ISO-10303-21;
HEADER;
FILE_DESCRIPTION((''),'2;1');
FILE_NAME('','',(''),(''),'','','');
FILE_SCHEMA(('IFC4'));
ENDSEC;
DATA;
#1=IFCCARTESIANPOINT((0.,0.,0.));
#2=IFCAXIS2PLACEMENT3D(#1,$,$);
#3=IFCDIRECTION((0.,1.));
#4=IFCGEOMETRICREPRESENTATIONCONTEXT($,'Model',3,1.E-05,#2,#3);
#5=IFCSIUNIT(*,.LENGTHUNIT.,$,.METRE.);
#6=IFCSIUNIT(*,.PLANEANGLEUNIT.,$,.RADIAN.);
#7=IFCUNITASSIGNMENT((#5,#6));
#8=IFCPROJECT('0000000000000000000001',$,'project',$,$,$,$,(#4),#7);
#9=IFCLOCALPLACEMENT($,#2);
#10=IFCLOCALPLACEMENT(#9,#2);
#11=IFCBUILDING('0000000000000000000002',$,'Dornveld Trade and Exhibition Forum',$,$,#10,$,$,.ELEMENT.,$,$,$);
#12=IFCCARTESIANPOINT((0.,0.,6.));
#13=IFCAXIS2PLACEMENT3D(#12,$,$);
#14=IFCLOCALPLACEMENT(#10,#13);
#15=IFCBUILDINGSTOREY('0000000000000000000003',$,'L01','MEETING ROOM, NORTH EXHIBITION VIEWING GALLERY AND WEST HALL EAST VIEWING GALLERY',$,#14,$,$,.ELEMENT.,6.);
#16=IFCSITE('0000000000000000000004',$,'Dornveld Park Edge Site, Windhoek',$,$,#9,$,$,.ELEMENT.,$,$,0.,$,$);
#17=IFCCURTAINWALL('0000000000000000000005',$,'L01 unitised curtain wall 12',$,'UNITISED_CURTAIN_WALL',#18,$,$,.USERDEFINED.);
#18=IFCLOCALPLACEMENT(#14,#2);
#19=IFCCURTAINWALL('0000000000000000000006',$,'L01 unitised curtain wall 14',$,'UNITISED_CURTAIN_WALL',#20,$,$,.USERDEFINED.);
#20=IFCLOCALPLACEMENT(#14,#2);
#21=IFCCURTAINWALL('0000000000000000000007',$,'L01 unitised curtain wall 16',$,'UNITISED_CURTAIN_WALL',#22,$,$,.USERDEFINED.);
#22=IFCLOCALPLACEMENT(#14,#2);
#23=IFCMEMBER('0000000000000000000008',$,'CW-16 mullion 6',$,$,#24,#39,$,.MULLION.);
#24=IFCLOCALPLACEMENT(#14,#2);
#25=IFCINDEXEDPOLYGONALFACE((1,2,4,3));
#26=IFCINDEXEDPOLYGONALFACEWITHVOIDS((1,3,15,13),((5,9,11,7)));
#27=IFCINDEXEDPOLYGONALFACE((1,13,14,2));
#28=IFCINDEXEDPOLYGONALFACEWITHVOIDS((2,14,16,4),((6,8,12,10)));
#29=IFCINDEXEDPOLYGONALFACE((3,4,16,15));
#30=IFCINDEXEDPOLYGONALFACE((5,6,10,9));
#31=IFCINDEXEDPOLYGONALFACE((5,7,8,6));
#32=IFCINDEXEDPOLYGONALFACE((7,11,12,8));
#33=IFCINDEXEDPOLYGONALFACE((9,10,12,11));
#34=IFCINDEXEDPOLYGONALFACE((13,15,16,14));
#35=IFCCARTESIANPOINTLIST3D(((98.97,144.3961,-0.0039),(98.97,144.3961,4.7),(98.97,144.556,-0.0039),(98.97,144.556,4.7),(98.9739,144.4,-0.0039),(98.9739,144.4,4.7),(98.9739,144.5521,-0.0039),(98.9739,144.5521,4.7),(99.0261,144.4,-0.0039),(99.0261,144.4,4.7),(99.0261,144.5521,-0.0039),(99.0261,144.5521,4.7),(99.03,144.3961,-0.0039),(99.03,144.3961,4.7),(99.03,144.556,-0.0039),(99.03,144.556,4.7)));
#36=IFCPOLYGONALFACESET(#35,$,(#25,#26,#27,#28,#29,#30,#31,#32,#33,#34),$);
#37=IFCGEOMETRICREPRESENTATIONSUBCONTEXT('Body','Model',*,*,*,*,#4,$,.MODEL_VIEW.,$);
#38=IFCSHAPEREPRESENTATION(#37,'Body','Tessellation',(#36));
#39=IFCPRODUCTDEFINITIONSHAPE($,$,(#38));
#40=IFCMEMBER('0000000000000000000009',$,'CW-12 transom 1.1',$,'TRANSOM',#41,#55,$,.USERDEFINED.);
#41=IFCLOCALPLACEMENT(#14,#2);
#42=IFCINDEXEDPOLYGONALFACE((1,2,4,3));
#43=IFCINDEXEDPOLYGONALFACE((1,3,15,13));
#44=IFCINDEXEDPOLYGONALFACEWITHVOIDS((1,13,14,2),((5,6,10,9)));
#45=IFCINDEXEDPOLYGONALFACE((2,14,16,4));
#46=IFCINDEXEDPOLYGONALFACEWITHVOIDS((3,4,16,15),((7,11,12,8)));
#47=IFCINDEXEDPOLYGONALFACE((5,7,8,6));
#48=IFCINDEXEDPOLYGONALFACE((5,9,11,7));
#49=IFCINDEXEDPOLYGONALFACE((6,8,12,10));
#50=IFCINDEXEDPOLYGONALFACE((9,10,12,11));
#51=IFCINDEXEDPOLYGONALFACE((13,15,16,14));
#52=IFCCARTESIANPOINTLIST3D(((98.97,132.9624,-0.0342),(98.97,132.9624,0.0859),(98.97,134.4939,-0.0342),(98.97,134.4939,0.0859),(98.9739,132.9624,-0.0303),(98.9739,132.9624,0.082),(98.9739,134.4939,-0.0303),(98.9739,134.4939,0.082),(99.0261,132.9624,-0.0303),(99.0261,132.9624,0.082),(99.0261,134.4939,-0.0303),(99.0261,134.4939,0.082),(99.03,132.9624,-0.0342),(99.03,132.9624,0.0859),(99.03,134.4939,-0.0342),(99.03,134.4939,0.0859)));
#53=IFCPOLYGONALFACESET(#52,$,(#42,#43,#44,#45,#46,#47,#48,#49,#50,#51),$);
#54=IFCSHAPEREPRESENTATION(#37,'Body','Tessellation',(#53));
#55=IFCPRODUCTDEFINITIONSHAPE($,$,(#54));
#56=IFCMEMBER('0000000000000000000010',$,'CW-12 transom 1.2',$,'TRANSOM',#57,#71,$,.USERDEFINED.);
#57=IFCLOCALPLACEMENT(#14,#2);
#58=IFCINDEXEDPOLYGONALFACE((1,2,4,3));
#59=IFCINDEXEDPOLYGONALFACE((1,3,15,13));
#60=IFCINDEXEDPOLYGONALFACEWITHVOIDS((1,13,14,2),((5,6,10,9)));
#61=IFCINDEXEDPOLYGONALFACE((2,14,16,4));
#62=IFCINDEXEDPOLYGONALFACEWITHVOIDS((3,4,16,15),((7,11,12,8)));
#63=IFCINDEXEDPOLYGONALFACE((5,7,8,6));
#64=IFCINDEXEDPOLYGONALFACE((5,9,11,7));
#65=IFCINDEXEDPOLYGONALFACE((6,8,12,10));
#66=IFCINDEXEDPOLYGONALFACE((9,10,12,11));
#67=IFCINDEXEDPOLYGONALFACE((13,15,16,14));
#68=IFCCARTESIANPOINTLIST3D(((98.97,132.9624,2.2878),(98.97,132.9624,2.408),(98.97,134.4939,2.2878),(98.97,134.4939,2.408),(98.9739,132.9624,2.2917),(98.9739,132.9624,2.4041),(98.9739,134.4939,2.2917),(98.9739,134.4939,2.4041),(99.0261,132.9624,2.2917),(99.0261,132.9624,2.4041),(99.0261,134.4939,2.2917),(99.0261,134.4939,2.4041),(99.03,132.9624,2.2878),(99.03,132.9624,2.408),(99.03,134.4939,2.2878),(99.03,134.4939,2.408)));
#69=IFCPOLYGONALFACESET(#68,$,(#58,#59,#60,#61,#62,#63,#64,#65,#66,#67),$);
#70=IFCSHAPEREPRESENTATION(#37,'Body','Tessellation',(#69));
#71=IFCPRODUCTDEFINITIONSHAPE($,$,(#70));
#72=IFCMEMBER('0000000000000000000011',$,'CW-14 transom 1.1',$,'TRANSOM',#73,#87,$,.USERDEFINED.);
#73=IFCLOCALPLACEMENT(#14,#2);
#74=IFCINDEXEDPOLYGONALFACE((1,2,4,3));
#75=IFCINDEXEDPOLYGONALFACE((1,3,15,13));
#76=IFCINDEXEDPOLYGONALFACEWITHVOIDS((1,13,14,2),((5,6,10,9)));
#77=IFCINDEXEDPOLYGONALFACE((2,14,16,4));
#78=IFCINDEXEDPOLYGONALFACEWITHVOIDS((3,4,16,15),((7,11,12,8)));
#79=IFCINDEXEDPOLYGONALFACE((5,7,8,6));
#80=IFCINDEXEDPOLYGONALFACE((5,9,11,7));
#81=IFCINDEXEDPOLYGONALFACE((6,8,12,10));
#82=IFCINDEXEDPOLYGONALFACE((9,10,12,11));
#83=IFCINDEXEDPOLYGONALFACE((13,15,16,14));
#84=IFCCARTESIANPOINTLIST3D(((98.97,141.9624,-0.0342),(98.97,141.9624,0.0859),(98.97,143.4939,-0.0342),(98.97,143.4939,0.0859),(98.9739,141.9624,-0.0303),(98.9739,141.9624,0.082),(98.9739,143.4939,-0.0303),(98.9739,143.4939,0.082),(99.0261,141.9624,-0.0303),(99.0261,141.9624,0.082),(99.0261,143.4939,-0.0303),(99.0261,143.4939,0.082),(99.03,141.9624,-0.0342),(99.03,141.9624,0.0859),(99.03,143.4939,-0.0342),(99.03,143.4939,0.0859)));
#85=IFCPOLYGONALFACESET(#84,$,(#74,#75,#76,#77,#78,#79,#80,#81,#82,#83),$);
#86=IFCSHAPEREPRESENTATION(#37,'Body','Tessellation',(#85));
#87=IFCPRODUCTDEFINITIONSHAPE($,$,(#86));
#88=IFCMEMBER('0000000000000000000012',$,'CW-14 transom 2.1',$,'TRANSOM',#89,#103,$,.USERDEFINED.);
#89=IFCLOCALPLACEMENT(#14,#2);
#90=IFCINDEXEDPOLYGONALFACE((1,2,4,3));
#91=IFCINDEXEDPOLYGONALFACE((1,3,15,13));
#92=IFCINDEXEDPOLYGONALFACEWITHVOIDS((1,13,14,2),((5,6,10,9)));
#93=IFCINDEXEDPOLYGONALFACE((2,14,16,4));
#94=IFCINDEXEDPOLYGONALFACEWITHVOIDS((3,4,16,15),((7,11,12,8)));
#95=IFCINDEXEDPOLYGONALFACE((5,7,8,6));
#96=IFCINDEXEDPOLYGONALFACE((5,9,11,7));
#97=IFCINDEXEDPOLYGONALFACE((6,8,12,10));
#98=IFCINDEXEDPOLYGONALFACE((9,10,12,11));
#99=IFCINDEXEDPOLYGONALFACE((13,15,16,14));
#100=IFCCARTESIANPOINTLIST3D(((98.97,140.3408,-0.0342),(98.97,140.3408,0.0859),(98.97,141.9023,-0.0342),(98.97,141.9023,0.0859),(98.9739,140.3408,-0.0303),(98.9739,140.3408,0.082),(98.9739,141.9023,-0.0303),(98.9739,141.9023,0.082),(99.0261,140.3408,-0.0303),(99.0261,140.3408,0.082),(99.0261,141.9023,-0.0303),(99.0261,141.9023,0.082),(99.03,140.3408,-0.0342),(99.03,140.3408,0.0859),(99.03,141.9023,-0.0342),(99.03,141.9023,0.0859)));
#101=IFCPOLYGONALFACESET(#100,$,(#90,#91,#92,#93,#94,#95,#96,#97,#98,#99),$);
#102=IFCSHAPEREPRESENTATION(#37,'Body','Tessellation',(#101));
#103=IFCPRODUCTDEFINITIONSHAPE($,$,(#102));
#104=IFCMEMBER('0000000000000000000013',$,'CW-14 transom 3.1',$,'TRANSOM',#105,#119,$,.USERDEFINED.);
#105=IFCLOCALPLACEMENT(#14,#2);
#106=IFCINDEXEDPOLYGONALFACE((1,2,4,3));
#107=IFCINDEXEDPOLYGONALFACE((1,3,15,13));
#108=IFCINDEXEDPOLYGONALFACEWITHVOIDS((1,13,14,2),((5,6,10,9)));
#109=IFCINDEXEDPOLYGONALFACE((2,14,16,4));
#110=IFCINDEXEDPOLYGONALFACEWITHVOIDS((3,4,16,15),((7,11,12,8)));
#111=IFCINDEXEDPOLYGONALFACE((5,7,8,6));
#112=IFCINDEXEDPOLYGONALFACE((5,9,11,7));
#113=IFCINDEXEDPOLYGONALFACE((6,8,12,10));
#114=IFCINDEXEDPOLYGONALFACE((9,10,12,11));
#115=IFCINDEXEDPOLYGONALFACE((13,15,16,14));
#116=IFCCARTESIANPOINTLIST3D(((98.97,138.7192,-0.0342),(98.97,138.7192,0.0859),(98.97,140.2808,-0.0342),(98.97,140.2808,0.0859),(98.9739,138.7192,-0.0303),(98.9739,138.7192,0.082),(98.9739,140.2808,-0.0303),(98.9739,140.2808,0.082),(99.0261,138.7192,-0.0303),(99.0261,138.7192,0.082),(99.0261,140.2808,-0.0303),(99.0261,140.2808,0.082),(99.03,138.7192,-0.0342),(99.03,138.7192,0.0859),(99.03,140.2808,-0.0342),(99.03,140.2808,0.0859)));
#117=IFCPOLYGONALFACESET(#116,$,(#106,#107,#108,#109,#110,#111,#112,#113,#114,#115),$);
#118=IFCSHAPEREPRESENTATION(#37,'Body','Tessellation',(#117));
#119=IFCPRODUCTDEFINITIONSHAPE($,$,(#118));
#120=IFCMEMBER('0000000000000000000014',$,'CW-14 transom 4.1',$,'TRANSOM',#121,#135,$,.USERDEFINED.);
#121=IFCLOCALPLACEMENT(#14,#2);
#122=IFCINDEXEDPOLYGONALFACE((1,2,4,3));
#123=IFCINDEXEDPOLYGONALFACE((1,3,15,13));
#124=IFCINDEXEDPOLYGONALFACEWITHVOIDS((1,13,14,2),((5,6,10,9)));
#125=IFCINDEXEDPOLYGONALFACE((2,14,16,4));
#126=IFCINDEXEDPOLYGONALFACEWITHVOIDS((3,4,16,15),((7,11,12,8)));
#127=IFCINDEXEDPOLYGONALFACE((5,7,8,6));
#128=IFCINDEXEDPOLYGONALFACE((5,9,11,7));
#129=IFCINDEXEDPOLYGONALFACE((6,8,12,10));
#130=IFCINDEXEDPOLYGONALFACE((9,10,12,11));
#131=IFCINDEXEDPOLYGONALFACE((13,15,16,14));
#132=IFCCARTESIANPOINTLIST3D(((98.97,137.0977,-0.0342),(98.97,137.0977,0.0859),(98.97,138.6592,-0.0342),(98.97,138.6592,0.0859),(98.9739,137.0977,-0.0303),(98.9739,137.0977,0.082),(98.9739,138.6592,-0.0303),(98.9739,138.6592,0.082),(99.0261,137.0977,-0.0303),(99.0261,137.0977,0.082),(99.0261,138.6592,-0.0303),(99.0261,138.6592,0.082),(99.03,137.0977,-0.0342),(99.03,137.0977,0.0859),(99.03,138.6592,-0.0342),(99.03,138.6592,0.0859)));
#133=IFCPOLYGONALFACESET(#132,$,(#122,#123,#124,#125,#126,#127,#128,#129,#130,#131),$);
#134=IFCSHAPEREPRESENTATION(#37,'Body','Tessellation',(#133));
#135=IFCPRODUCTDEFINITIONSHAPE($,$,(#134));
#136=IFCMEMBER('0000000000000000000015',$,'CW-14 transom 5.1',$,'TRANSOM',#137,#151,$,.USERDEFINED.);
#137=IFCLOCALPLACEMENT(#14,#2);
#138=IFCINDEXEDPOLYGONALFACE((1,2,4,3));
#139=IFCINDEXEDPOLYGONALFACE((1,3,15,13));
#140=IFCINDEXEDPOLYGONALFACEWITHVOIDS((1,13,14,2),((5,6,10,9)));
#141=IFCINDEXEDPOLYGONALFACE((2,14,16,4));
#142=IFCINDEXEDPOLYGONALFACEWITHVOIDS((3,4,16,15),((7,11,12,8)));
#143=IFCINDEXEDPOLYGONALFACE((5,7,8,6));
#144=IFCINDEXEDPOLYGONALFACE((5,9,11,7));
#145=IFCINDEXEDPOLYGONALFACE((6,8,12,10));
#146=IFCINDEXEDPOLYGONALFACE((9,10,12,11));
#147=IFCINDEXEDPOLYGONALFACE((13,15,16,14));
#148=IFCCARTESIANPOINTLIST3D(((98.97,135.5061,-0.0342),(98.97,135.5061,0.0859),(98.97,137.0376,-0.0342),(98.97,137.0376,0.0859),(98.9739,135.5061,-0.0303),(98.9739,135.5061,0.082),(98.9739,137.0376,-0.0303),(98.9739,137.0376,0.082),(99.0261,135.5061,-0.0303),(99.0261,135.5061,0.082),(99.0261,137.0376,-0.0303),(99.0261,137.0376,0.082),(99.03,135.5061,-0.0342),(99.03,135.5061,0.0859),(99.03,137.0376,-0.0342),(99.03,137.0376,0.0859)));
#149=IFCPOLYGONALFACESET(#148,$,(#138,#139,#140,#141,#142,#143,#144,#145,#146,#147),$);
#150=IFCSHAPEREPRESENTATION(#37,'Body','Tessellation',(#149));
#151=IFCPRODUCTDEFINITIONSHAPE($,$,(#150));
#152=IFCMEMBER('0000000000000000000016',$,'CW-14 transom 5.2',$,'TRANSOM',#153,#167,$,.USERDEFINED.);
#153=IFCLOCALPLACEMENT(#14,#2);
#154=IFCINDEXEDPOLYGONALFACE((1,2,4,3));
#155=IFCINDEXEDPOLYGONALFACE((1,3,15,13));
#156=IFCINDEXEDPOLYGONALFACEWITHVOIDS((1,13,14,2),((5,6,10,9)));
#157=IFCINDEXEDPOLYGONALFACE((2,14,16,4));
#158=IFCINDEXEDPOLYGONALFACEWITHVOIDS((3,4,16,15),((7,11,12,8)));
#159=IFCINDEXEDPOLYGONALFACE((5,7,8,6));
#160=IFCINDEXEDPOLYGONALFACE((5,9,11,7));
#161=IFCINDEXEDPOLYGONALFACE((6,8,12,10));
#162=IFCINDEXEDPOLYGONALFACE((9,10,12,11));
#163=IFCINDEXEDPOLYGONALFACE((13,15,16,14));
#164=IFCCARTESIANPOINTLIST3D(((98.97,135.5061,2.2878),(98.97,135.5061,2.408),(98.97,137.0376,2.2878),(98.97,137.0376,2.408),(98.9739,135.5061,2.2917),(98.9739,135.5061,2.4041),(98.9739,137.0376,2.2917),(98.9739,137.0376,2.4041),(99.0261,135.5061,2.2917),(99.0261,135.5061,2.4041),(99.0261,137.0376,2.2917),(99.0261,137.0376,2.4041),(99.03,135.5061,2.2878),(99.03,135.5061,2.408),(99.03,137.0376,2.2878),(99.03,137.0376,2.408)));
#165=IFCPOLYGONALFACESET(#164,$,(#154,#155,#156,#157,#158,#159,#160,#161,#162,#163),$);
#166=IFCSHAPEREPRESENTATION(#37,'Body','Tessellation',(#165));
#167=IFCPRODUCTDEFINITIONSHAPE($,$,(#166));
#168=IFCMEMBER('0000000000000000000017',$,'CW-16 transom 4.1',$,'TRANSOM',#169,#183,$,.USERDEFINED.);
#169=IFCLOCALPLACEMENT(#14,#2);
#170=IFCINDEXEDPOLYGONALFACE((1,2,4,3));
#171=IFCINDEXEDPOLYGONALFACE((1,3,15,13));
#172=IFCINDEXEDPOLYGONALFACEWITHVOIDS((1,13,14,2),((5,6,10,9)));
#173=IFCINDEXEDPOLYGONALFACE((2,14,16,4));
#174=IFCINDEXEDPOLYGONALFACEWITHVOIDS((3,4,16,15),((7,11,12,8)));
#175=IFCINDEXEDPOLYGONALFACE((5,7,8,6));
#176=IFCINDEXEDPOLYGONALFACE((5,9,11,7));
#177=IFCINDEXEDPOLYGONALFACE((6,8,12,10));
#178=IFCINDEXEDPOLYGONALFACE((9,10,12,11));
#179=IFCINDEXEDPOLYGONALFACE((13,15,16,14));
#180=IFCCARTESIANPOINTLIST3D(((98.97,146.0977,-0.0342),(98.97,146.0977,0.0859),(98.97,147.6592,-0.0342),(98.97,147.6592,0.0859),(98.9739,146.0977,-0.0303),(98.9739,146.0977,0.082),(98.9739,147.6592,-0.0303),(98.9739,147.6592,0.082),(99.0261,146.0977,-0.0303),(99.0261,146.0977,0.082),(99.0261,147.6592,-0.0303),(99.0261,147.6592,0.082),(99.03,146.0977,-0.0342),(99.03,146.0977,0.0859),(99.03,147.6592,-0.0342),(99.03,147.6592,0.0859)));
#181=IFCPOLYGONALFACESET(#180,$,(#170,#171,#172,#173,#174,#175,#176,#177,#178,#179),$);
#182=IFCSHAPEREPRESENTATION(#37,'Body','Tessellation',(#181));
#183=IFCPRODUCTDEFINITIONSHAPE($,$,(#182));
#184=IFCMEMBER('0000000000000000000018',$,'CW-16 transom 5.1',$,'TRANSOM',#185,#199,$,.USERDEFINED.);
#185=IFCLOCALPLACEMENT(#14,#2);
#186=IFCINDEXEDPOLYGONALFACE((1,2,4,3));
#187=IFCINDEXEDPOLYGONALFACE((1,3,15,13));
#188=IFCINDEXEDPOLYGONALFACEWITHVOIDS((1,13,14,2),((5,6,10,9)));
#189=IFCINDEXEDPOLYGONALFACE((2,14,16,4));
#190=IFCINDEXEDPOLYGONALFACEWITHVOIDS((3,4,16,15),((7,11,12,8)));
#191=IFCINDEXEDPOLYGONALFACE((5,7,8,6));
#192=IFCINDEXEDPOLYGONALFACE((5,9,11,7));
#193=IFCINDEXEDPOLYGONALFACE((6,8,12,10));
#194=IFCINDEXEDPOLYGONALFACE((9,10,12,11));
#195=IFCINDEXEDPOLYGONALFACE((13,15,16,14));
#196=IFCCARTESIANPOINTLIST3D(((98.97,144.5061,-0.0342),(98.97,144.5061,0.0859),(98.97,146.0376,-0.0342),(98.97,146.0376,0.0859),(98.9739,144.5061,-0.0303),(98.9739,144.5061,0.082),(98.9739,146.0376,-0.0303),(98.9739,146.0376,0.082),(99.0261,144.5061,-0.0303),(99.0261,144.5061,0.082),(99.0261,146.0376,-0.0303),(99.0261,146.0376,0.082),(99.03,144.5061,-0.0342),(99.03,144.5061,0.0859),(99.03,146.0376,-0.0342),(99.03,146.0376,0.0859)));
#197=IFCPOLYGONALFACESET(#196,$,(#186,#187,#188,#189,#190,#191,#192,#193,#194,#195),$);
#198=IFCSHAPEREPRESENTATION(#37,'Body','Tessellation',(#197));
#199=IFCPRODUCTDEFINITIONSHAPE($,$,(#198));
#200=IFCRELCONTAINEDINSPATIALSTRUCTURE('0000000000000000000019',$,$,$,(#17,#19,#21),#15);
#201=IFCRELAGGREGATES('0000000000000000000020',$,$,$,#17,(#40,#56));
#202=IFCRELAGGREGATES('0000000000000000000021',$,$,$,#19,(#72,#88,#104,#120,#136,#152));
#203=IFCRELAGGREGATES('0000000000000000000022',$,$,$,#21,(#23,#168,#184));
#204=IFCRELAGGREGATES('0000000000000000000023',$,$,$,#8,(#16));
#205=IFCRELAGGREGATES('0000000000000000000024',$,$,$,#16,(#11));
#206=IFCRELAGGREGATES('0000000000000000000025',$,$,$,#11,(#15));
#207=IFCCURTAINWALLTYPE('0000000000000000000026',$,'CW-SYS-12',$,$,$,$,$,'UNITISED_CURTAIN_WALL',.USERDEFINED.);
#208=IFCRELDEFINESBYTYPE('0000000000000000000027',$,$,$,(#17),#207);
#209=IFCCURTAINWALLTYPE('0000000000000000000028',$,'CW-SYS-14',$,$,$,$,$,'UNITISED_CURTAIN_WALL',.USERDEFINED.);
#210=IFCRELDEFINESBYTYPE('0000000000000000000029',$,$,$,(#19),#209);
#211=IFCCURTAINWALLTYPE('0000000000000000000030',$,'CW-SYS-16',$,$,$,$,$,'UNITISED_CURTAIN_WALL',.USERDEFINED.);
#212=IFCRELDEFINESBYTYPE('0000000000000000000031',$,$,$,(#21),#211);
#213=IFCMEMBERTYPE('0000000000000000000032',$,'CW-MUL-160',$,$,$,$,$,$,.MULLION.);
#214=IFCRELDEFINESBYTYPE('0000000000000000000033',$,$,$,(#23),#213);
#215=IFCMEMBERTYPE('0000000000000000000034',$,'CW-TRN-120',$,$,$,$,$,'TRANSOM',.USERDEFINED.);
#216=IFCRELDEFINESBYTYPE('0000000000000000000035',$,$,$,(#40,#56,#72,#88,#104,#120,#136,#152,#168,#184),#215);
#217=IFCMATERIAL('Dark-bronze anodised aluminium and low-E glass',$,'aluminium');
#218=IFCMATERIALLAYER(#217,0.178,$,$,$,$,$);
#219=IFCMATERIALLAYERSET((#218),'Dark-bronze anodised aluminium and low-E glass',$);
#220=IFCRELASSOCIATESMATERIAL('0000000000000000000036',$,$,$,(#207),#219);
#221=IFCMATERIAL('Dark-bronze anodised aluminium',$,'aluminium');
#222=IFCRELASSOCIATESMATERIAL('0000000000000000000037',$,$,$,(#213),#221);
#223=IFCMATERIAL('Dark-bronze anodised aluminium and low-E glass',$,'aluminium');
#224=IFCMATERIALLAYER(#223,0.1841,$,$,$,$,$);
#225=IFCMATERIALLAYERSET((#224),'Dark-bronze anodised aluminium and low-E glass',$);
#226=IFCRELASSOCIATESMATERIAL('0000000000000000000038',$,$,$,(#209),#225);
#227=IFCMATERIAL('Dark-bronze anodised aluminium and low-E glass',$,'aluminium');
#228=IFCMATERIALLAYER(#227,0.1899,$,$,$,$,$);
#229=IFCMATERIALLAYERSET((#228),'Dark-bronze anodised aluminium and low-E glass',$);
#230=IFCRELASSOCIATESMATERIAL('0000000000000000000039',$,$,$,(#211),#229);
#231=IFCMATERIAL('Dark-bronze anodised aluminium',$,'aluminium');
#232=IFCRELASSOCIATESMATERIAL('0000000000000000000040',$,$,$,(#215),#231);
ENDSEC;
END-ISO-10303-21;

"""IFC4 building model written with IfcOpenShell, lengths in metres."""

from ifc_helpers import new_model, si_unit, direction, frame, origin, origin_2d, place, context, subcontext, project, spatial, hollow_rectangle, extrude, material, layer, layer_set, material_profile, profile_set, type_object, element, aggregate, save


model = new_model("IFC4")

# Units and contexts
model_context = context("Model", 3, precision=1e-05, world=origin(), true_north=direction((0.0, 1.0)))
body_context = subcontext(model_context, "Body", "Model", "MODEL_VIEW")
ifc_project = project(units=[si_unit("LENGTHUNIT", "METRE"), si_unit("PLANEANGLEUNIT", "RADIAN")], contexts=[model_context])

# Site, building, storey
site_placement = place(None, origin())
site = spatial("IfcSite", under=ifc_project, at=site_placement, Name="Dornveld Park Edge Site, Windhoek", CompositionType="ELEMENT", RefElevation=0.0)
building_placement = place(site_placement, origin())
building = spatial("IfcBuilding", under=site, at=building_placement, Name="Dornveld Trade and Exhibition Forum", CompositionType="ELEMENT")
storey_placement = place(building_placement, frame((0.0, 0.0, 6.0)))
storey = spatial("IfcBuildingStorey", under=building, at=storey_placement, Name="L01", Description="MEETING ROOM, NORTH EXHIBITION VIEWING GALLERY AND WEST HALL EAST VIEWING GALLERY", CompositionType="ELEMENT", Elevation=6.0)

# Curtain wall
ifc_material_1 = material(Name="Dark-bronze anodised aluminium and low-E glass", Category="aluminium")
ifc_layer_1 = layer(ifc_material_1, 0.178)
ifc_layer_set_1 = layer_set([ifc_layer_1], Name="Dark-bronze anodised aluminium and low-E glass")
curtain_wall_type_1 = type_object("IfcCurtainWallType", Name="CW-SYS-12", ElementType="UNITISED_CURTAIN_WALL", PredefinedType="USERDEFINED", material=ifc_layer_set_1)
curtain_wall_1_placement = place(storey_placement, origin())
curtain_wall_1 = element("IfcCurtainWall", 1, at=curtain_wall_1_placement, inside=storey, type_object=curtain_wall_type_1, Name="L01 unitised curtain wall 12", ObjectType="UNITISED_CURTAIN_WALL", PredefinedType="USERDEFINED")
ifc_material_2 = material(Name="Dark-bronze anodised aluminium", Category="aluminium")
ifc_material_profile_1 = material_profile(ifc_material_2, hollow_rectangle(XDim=0.0601, YDim=0.1599, WallThickness=0.0039, at=origin_2d()), Name="RHS 160x60x4")
ifc_profile_set_1 = profile_set([ifc_material_profile_1], Name="Dark-bronze anodised aluminium")
member_type_1 = type_object("IfcMemberType", Name="CW-MUL-160", PredefinedType="MULLION", material=ifc_profile_set_1)

# Curtain walls, member
ifc_material_3 = material(Name="Dark-bronze anodised aluminium and low-E glass", Category="aluminium")
ifc_layer_2 = layer(ifc_material_3, 0.1841)
ifc_layer_set_2 = layer_set([ifc_layer_2], Name="Dark-bronze anodised aluminium and low-E glass")
curtain_wall_type_2 = type_object("IfcCurtainWallType", Name="CW-SYS-14", ElementType="UNITISED_CURTAIN_WALL", PredefinedType="USERDEFINED", material=ifc_layer_set_2)
curtain_wall_2_placement = place(storey_placement, origin())
curtain_wall_2 = element("IfcCurtainWall", 2, at=curtain_wall_2_placement, inside=storey, type_object=curtain_wall_type_2, Name="L01 unitised curtain wall 14", ObjectType="UNITISED_CURTAIN_WALL", PredefinedType="USERDEFINED")
ifc_material_4 = material(Name="Dark-bronze anodised aluminium and low-E glass", Category="aluminium")
ifc_layer_3 = layer(ifc_material_4, 0.1899)
ifc_layer_set_3 = layer_set([ifc_layer_3], Name="Dark-bronze anodised aluminium and low-E glass")
curtain_wall_type_3 = type_object("IfcCurtainWallType", Name="CW-SYS-16", ElementType="UNITISED_CURTAIN_WALL", PredefinedType="USERDEFINED", material=ifc_layer_set_3)
curtain_wall_3_placement = place(storey_placement, origin())
curtain_wall_3 = element("IfcCurtainWall", 3, at=curtain_wall_3_placement, inside=storey, type_object=curtain_wall_type_3, Name="L01 unitised curtain wall 16", ObjectType="UNITISED_CURTAIN_WALL", PredefinedType="USERDEFINED")
member_1_placement = place(storey_placement, frame((99.0, 144.4761, -0.0039), z_axis=(0.0, 0.0, 1.0), x_axis=(1.0, 0.0, 0.0)))
member_1 = element("IfcMember", 4, at=member_1_placement, type_object=member_type_1, Name="CW-16 mullion 6", PredefinedType="MULLION", context=body_context, shape_type="SweptSolid", body=[
    extrude(hollow_rectangle(XDim=0.0601, YDim=0.1599, WallThickness=0.0039, at=origin_2d()), origin(), (0.0, 0.0, 1.0), 4.7039),
])

# Members
ifc_material_5 = material(Name="Dark-bronze anodised aluminium", Category="aluminium")
ifc_material_profile_2 = material_profile(ifc_material_5, hollow_rectangle(XDim=0.0601, YDim=0.1201, WallThickness=0.0039, at=origin_2d()), Name="RHS 120x60x4")
ifc_profile_set_2 = profile_set([ifc_material_profile_2], Name="Dark-bronze anodised aluminium")
member_type_2 = type_object("IfcMemberType", Name="CW-TRN-120", ElementType="TRANSOM", PredefinedType="USERDEFINED", material=ifc_profile_set_2)
member_2_placement = place(storey_placement, frame((99.0, 134.4939, 0.0259), z_axis=(0.0, -1.0, 0.0), x_axis=(1.0, 0.0, 0.0)))
member_2 = element("IfcMember", 5, at=member_2_placement, type_object=member_type_2, Name="CW-12 transom 1.1", ObjectType="TRANSOM", PredefinedType="USERDEFINED", context=body_context, shape_type="SweptSolid", body=[
    extrude(hollow_rectangle(XDim=0.0601, YDim=0.1201, WallThickness=0.0039, at=origin_2d()), origin(), (0.0, 0.0, 1.0), 1.5315),
])
member_3_placement = place(storey_placement, frame((99.0, 134.4939, 2.3479), z_axis=(0.0, -1.0, 0.0), x_axis=(1.0, 0.0, 0.0)))
member_3 = element("IfcMember", 6, at=member_3_placement, type_object=member_type_2, Name="CW-12 transom 1.2", ObjectType="TRANSOM", PredefinedType="USERDEFINED", context=body_context, shape_type="SweptSolid", body=[
    extrude(hollow_rectangle(XDim=0.0601, YDim=0.1201, WallThickness=0.0039, at=origin_2d()), origin(), (0.0, 0.0, 1.0), 1.5315),
])
aggregate(curtain_wall_1, [member_2, member_3])
member_4_placement = place(storey_placement, frame((99.0, 143.4939, 0.0259), z_axis=(0.0, -1.0, 0.0), x_axis=(1.0, 0.0, 0.0)))
member_4 = element("IfcMember", 7, at=member_4_placement, type_object=member_type_2, Name="CW-14 transom 1.1", ObjectType="TRANSOM", PredefinedType="USERDEFINED", context=body_context, shape_type="SweptSolid", body=[
    extrude(hollow_rectangle(XDim=0.0601, YDim=0.1201, WallThickness=0.0039, at=origin_2d()), origin(), (0.0, 0.0, 1.0), 1.5315),
])
member_5_placement = place(storey_placement, frame((99.0, 141.9023, 0.0259), z_axis=(0.0, -1.0, 0.0), x_axis=(1.0, 0.0, 0.0)))
member_5 = element("IfcMember", 8, at=member_5_placement, type_object=member_type_2, Name="CW-14 transom 2.1", ObjectType="TRANSOM", PredefinedType="USERDEFINED", context=body_context, shape_type="SweptSolid", body=[
    extrude(hollow_rectangle(XDim=0.0601, YDim=0.1201, WallThickness=0.0039, at=origin_2d()), origin(), (0.0, 0.0, 1.0), 1.5615),
])
member_6_placement = place(storey_placement, frame((99.0, 140.2808, 0.0259), z_axis=(0.0, -1.0, 0.0), x_axis=(1.0, 0.0, 0.0)))
member_6 = element("IfcMember", 9, at=member_6_placement, type_object=member_type_2, Name="CW-14 transom 3.1", ObjectType="TRANSOM", PredefinedType="USERDEFINED", context=body_context, shape_type="SweptSolid", body=[
    extrude(hollow_rectangle(XDim=0.0601, YDim=0.1201, WallThickness=0.0039, at=origin_2d()), origin(), (0.0, 0.0, 1.0), 1.5615),
])
member_7_placement = place(storey_placement, frame((99.0, 138.6592, 0.0259), z_axis=(0.0, -1.0, 0.0), x_axis=(1.0, 0.0, 0.0)))
member_7 = element("IfcMember", 10, at=member_7_placement, type_object=member_type_2, Name="CW-14 transom 4.1", ObjectType="TRANSOM", PredefinedType="USERDEFINED", context=body_context, shape_type="SweptSolid", body=[
    extrude(hollow_rectangle(XDim=0.0601, YDim=0.1201, WallThickness=0.0039, at=origin_2d()), origin(), (0.0, 0.0, 1.0), 1.5615),
])
member_8_placement = place(storey_placement, frame((99.0, 137.0376, 0.0259), z_axis=(0.0, -1.0, 0.0), x_axis=(1.0, 0.0, 0.0)))
member_8 = element("IfcMember", 11, at=member_8_placement, type_object=member_type_2, Name="CW-14 transom 5.1", ObjectType="TRANSOM", PredefinedType="USERDEFINED", context=body_context, shape_type="SweptSolid", body=[
    extrude(hollow_rectangle(XDim=0.0601, YDim=0.1201, WallThickness=0.0039, at=origin_2d()), origin(), (0.0, 0.0, 1.0), 1.5315),
])
member_9_placement = place(storey_placement, frame((99.0, 137.0376, 2.3479), z_axis=(0.0, -1.0, 0.0), x_axis=(1.0, 0.0, 0.0)))
member_9 = element("IfcMember", 12, at=member_9_placement, type_object=member_type_2, Name="CW-14 transom 5.2", ObjectType="TRANSOM", PredefinedType="USERDEFINED", context=body_context, shape_type="SweptSolid", body=[
    extrude(hollow_rectangle(XDim=0.0601, YDim=0.1201, WallThickness=0.0039, at=origin_2d()), origin(), (0.0, 0.0, 1.0), 1.5315),
])
member_10_placement = place(storey_placement, frame((99.0, 147.6592, 0.0259), z_axis=(0.0, -1.0, 0.0), x_axis=(1.0, 0.0, 0.0)))
member_10 = element("IfcMember", 13, at=member_10_placement, type_object=member_type_2, Name="CW-16 transom 4.1", ObjectType="TRANSOM", PredefinedType="USERDEFINED", context=body_context, shape_type="SweptSolid", body=[
    extrude(hollow_rectangle(XDim=0.0601, YDim=0.1201, WallThickness=0.0039, at=origin_2d()), origin(), (0.0, 0.0, 1.0), 1.5615),
])
member_11_placement = place(storey_placement, frame((99.0, 146.0376, 0.0259), z_axis=(0.0, -1.0, 0.0), x_axis=(1.0, 0.0, 0.0)))
member_11 = element("IfcMember", 14, at=member_11_placement, type_object=member_type_2, Name="CW-16 transom 5.1", ObjectType="TRANSOM", PredefinedType="USERDEFINED", context=body_context, shape_type="SweptSolid", body=[
    extrude(hollow_rectangle(XDim=0.0601, YDim=0.1201, WallThickness=0.0039, at=origin_2d()), origin(), (0.0, 0.0, 1.0), 1.5315),
])

aggregate(curtain_wall_2, [member_4, member_5, member_6, member_7, member_8, member_9])
aggregate(curtain_wall_3, [member_1, member_10, member_11])

save(model, "model.ifc")
